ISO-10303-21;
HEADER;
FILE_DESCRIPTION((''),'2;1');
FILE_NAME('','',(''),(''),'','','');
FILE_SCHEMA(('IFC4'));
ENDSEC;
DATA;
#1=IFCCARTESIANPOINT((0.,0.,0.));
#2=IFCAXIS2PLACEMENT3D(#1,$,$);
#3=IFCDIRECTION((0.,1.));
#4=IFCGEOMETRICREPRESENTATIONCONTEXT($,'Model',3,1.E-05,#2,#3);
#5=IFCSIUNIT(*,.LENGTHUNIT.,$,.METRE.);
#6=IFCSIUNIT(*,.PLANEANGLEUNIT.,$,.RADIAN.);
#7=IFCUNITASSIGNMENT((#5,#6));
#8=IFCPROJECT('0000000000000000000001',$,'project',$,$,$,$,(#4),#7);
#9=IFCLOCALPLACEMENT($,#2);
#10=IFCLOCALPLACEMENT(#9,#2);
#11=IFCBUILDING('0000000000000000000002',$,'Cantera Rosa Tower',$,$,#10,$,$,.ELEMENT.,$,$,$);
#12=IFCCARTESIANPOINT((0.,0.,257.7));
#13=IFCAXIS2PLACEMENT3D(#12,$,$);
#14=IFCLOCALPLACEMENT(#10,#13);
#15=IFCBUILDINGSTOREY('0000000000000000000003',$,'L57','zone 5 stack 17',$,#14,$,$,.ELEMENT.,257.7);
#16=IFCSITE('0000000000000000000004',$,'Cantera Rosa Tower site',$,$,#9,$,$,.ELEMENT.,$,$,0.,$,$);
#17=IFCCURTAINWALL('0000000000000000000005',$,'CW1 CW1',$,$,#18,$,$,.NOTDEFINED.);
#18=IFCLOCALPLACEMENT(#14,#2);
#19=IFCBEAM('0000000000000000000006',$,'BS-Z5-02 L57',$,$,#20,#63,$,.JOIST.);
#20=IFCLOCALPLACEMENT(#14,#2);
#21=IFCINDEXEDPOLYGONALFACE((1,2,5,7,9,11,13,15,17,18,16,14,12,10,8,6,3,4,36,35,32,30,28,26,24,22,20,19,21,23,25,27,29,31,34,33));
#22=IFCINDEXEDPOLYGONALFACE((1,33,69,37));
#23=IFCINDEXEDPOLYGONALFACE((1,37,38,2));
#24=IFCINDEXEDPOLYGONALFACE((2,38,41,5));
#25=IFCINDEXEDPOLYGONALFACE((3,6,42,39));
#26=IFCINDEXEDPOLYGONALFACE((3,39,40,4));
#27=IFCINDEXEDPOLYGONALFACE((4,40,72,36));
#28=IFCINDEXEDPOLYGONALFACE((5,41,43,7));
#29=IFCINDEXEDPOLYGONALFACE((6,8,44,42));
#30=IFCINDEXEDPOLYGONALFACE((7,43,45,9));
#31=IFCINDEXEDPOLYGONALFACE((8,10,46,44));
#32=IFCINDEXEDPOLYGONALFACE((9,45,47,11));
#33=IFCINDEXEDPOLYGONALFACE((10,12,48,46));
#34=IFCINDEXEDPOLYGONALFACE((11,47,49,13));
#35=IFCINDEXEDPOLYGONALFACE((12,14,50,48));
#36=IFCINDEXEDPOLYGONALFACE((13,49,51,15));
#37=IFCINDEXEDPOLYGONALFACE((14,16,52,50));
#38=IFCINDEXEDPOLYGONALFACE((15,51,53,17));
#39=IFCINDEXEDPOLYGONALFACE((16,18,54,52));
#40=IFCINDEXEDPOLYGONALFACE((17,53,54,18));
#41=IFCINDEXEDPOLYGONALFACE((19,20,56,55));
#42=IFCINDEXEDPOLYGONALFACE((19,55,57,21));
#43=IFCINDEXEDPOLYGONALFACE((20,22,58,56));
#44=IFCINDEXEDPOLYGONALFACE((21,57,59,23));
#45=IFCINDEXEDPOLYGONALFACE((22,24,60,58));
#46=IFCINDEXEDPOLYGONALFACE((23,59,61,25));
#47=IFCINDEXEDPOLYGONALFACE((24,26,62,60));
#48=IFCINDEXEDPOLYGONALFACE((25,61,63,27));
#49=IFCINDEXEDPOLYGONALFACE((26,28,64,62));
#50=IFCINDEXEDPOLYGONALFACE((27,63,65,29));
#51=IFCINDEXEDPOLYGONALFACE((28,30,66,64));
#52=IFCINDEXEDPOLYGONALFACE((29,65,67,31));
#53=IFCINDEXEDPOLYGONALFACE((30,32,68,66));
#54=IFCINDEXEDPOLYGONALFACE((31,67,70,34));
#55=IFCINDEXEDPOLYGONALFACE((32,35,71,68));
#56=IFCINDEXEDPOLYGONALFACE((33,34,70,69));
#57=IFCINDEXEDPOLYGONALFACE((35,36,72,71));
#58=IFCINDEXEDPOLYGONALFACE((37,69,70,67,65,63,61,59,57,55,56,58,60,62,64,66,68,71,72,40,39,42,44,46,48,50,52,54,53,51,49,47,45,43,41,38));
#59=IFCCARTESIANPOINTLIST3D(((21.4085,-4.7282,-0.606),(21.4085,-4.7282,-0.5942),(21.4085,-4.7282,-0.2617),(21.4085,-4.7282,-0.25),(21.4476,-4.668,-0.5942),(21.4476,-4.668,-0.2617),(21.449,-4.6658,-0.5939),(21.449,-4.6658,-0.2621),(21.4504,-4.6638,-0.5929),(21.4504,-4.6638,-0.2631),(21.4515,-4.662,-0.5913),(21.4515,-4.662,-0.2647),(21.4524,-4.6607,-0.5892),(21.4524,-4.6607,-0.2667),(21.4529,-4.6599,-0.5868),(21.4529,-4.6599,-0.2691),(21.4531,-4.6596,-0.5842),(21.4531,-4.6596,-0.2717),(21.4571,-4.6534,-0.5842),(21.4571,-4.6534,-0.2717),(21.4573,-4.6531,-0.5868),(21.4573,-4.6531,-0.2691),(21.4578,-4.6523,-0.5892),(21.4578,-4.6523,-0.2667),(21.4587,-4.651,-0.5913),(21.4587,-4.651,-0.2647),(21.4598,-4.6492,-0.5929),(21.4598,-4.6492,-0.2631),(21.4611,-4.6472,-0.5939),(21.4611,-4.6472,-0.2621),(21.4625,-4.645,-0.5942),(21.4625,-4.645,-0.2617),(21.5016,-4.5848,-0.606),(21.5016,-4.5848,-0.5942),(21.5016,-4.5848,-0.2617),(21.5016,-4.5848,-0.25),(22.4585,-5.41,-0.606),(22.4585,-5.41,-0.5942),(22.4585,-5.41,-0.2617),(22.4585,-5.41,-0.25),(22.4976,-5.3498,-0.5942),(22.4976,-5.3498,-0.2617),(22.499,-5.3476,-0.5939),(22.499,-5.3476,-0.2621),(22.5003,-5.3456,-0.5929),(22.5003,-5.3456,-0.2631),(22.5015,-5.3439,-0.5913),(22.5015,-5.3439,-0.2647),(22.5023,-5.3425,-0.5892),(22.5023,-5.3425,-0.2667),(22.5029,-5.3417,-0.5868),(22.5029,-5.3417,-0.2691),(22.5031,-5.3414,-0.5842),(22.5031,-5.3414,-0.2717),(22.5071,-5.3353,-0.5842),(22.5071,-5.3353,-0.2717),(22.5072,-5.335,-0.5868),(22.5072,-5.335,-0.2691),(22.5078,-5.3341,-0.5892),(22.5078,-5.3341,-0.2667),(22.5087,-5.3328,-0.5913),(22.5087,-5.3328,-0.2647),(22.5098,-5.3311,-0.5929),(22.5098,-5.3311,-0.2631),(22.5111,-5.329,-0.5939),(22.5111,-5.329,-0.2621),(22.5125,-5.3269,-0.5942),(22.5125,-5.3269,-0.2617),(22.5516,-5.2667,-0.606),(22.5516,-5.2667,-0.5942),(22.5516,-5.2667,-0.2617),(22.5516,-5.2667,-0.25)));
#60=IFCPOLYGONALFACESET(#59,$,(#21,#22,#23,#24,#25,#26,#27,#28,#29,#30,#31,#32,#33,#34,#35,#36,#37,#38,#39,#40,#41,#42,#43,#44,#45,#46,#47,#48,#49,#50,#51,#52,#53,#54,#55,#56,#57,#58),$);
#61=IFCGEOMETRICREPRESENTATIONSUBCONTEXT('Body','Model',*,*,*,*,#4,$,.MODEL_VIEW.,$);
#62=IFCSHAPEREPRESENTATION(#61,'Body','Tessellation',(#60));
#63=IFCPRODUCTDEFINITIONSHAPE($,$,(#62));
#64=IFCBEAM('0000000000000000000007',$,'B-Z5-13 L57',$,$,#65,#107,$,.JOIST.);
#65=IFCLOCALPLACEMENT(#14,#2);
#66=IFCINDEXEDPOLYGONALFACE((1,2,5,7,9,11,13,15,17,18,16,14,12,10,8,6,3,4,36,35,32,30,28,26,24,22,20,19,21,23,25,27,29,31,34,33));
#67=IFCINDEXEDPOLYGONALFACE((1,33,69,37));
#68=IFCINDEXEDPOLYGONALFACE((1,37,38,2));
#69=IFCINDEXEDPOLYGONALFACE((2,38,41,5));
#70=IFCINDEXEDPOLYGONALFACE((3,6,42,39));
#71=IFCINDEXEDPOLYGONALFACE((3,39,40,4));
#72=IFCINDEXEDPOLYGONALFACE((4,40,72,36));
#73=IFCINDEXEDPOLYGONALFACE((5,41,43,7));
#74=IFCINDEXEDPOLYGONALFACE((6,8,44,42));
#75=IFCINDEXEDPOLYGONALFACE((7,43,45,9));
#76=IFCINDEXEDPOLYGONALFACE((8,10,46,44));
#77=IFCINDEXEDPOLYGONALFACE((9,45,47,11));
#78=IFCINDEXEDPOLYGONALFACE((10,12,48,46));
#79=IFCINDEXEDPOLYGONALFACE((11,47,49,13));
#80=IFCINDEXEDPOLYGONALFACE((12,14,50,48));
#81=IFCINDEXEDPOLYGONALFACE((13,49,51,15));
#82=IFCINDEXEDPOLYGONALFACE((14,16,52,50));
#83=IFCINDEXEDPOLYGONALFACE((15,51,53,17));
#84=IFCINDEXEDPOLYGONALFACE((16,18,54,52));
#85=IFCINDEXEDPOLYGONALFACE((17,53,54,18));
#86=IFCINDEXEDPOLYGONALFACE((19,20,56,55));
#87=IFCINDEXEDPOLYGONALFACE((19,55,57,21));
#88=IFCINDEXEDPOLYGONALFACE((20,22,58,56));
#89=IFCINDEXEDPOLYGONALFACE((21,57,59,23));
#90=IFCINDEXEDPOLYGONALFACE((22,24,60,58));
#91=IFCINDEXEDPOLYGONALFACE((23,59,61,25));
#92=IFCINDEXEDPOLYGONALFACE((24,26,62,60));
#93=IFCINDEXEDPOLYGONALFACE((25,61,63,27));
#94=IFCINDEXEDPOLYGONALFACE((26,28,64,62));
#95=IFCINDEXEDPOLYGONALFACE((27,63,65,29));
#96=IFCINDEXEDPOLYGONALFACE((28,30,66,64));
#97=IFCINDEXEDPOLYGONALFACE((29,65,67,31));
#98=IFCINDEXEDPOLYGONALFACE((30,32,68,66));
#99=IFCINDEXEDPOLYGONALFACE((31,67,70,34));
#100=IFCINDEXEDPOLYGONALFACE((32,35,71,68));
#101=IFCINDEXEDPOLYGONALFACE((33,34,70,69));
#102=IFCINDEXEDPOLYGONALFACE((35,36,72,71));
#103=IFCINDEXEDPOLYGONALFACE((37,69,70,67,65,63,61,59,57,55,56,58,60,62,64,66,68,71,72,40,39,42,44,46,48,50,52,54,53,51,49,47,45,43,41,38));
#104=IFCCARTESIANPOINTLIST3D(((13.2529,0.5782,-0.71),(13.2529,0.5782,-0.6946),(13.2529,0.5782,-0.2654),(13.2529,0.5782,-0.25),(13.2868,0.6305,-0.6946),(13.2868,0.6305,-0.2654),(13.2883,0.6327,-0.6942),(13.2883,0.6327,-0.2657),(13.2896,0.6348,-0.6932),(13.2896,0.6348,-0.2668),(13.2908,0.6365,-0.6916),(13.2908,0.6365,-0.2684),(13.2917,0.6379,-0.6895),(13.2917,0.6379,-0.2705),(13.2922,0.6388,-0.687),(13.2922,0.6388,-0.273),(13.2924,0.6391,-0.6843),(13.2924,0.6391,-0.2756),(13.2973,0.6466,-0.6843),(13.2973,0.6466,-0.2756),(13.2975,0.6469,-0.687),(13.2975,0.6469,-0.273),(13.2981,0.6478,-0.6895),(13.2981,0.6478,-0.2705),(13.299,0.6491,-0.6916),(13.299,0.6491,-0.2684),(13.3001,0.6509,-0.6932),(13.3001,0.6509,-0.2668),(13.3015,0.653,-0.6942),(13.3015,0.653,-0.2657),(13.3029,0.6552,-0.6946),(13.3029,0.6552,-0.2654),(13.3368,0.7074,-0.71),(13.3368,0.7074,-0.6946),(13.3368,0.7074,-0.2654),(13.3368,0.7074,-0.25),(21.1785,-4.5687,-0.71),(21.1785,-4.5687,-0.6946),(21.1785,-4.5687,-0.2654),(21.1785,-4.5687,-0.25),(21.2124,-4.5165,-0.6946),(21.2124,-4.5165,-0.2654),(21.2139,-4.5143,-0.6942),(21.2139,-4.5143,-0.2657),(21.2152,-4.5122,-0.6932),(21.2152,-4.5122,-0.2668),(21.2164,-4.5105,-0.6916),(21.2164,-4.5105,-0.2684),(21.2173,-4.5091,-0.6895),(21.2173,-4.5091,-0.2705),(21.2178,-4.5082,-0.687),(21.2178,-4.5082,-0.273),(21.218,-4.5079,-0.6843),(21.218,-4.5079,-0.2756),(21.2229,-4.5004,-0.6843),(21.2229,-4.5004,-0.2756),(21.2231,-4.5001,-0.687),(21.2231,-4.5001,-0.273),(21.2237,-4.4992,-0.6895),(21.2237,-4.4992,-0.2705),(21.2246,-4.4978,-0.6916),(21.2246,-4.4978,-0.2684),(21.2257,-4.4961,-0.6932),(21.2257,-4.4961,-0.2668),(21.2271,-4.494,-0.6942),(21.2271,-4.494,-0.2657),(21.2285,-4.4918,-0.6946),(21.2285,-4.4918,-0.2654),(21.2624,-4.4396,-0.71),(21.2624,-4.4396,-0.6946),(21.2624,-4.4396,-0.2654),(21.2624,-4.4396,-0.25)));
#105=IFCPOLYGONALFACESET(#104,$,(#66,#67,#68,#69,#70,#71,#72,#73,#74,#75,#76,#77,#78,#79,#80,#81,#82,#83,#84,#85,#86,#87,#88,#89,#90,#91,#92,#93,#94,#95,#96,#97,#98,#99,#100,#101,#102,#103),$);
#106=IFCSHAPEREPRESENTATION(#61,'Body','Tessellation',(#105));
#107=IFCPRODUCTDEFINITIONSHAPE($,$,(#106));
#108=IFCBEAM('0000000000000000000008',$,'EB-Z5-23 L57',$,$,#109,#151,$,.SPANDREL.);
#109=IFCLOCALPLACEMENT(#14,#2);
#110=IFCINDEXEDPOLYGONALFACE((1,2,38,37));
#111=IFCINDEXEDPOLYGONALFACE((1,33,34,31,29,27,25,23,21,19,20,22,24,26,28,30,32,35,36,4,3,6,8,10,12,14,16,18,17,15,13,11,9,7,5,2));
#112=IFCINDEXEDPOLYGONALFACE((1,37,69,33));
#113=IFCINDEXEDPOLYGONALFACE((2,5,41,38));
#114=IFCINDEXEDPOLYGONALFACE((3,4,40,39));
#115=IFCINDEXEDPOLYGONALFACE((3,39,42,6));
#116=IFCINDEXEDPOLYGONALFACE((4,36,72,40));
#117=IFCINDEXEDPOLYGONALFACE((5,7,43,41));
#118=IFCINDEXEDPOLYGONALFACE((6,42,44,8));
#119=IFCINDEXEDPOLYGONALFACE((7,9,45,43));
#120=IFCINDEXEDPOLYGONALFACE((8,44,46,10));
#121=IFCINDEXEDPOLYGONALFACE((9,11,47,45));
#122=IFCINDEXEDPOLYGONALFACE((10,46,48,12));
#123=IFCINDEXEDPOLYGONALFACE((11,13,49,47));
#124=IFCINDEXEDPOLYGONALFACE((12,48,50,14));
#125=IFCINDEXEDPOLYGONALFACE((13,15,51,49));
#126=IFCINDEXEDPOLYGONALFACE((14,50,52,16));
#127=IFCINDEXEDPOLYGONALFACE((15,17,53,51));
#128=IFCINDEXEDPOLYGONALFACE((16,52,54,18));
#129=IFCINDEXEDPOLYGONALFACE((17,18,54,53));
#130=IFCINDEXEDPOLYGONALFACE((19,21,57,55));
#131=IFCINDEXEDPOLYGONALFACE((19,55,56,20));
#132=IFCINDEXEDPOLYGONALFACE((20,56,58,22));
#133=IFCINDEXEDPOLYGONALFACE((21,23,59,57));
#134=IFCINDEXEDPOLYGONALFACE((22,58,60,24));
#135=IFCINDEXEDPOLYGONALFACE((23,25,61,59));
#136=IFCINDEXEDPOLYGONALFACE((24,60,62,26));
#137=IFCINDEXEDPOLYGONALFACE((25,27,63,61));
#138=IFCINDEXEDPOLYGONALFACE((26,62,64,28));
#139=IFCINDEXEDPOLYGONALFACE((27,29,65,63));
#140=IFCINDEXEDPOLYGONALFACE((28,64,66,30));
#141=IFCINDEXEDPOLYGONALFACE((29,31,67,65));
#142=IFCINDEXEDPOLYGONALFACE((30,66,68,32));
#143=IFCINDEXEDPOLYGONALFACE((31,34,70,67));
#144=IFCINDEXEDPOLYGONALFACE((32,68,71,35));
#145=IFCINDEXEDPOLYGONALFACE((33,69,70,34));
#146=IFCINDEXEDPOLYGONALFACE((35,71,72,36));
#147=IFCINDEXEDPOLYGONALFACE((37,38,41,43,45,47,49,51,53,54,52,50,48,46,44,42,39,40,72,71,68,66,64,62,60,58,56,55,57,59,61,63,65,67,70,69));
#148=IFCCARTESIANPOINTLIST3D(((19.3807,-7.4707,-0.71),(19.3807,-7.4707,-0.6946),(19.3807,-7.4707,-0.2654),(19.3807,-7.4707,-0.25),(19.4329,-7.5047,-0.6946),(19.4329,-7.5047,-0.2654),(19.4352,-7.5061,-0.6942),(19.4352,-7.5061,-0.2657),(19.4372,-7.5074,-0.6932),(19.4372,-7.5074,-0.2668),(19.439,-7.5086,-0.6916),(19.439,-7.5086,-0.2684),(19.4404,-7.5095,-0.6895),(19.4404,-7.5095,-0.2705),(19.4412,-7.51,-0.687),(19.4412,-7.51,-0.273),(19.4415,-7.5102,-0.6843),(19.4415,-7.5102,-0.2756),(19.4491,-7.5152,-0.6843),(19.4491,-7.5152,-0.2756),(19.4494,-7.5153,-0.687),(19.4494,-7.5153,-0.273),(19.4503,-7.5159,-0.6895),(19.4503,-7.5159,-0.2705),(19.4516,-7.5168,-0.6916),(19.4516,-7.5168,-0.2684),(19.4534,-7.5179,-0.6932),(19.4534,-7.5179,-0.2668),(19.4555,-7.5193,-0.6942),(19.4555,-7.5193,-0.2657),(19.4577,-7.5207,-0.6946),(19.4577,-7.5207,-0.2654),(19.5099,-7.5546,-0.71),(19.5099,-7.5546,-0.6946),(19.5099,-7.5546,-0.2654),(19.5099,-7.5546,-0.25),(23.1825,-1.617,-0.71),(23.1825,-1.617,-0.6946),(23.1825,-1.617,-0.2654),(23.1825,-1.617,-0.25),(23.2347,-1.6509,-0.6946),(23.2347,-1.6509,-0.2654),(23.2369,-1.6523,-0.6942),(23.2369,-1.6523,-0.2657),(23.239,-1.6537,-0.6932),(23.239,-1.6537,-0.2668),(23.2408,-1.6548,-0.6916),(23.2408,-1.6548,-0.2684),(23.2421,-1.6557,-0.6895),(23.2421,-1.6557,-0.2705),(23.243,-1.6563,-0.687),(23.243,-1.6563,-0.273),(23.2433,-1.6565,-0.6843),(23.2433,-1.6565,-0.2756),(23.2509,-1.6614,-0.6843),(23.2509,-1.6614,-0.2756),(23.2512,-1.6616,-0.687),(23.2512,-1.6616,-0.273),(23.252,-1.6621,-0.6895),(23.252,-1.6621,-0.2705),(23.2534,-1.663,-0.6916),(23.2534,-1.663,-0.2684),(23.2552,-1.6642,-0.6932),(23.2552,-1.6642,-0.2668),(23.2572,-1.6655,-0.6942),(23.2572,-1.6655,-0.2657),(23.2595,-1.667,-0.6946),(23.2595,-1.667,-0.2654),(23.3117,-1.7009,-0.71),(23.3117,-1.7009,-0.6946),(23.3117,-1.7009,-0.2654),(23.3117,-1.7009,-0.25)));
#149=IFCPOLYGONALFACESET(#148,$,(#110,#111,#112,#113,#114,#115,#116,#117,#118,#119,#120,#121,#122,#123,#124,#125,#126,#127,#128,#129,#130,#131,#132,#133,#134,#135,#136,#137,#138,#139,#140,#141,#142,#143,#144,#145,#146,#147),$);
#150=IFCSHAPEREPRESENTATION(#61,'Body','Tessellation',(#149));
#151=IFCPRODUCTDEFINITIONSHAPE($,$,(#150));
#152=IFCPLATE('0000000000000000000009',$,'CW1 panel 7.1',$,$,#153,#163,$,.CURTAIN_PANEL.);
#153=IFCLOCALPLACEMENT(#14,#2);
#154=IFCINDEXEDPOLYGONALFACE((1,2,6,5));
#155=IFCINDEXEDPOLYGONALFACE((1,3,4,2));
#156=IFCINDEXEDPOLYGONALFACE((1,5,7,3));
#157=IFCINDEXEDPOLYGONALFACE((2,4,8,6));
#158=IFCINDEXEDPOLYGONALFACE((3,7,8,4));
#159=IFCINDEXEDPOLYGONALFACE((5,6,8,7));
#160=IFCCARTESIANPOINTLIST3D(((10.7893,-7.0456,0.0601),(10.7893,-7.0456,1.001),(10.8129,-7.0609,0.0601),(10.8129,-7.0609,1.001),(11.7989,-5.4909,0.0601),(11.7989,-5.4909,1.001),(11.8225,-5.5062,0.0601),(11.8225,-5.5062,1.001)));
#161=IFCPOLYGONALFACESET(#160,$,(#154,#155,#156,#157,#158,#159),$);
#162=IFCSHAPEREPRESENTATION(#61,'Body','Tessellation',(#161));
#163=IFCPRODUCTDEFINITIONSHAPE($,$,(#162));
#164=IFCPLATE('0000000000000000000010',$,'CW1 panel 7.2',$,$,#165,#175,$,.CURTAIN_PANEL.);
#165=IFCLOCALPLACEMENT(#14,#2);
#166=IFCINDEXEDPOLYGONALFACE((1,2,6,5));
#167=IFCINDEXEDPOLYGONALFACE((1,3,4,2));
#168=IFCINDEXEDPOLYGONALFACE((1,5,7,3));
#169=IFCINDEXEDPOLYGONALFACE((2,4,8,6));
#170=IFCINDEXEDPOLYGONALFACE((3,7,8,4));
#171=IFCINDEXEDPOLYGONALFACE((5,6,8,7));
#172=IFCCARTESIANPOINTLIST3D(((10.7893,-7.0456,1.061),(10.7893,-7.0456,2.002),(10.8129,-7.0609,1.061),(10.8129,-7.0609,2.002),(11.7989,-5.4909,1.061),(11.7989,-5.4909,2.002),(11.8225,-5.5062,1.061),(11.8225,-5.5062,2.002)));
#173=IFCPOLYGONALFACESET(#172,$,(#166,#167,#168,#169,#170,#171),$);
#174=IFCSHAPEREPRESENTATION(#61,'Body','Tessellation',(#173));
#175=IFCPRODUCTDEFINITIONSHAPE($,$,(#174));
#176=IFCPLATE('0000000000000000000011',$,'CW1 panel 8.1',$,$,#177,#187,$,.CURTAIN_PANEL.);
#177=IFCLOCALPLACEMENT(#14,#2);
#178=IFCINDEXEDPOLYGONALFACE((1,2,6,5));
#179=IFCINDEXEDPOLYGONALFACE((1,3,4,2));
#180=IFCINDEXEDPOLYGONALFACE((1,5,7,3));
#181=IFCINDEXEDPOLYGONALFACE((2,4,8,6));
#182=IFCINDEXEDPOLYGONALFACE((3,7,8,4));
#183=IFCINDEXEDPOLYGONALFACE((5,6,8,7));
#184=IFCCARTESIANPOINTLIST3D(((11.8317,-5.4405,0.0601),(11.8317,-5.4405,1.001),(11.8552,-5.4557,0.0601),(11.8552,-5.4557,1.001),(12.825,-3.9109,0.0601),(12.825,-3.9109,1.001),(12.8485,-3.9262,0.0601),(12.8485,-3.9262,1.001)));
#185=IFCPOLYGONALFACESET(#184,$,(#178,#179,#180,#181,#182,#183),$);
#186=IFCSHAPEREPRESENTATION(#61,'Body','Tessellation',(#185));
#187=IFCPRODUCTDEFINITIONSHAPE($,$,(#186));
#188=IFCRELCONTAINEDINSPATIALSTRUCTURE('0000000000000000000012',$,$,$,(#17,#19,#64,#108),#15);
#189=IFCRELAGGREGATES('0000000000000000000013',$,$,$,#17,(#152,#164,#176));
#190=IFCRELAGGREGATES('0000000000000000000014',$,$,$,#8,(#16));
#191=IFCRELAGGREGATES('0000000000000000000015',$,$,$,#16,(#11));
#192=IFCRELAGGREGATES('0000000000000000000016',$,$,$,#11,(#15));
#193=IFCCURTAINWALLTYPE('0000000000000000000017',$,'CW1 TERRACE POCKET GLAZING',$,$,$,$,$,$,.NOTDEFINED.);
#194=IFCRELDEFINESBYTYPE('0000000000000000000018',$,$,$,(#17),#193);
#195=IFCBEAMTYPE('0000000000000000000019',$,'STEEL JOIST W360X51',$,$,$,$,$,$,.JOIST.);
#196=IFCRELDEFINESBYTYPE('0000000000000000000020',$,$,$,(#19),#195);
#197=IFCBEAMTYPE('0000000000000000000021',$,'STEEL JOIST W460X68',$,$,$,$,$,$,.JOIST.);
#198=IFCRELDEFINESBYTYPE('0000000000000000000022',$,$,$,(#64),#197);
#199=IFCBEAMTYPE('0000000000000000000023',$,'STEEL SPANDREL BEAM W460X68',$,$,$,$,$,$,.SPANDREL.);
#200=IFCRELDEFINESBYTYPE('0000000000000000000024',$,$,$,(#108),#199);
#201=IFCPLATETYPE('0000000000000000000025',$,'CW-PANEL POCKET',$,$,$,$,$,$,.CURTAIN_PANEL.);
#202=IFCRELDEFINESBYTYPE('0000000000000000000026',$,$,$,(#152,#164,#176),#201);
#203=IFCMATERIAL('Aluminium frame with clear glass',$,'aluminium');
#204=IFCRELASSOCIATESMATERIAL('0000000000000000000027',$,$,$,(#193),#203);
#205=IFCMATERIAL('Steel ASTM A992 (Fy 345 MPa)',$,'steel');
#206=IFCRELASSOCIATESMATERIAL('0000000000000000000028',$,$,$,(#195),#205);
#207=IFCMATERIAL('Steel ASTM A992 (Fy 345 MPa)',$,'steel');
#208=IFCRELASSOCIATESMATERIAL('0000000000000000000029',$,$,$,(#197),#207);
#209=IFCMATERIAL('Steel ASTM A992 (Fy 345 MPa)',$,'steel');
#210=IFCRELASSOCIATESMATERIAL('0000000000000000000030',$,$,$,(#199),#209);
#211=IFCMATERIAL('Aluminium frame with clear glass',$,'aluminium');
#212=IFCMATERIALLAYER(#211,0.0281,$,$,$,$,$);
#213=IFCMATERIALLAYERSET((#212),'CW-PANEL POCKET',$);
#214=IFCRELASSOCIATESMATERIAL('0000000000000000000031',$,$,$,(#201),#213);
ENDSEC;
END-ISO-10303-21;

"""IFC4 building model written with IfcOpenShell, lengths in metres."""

from ifc_helpers import new_model, si_unit, direction, frame, origin, origin_2d, place, context, subcontext, project, spatial, rectangle, i_section, extrude, material, layer, layer_set, material_profile, profile_set, type_object, element, aggregate, save


model = new_model("IFC4")

# Units and contexts
model_context = context("Model", 3, precision=1e-05, world=origin(), true_north=direction((0.0, 1.0)))
body_context = subcontext(model_context, "Body", "Model", "MODEL_VIEW")
ifc_project = project(units=[si_unit("LENGTHUNIT", "METRE"), si_unit("PLANEANGLEUNIT", "RADIAN")], contexts=[model_context])

# Site, building, storey
site_placement = place(None, origin())
site = spatial("IfcSite", under=ifc_project, at=site_placement, Name="Cantera Rosa Tower site", CompositionType="ELEMENT", RefElevation=0.0)
building_placement = place(site_placement, origin())
building = spatial("IfcBuilding", under=site, at=building_placement, Name="Cantera Rosa Tower", CompositionType="ELEMENT")
storey_placement = place(building_placement, frame((0.0, 0.0, 257.7)))
storey = spatial("IfcBuildingStorey", under=building, at=storey_placement, Name="L57", Description="zone 5 stack 17", CompositionType="ELEMENT", Elevation=257.7)

# Curtain wall
ifc_material_1 = material(Name="Aluminium frame with clear glass", Category="aluminium")
curtain_wall_type = type_object("IfcCurtainWallType", Name="CW1 TERRACE POCKET GLAZING", PredefinedType="NOTDEFINED", material=ifc_material_1)
curtain_wall_placement = place(storey_placement, origin())
curtain_wall = element("IfcCurtainWall", 1, at=curtain_wall_placement, inside=storey, type_object=curtain_wall_type, Name="CW1 CW1", PredefinedType="NOTDEFINED")

# Beams
ifc_material_2 = material(Name="Steel ASTM A992 (Fy 345 MPa)", Category="steel")
ifc_material_profile_1 = material_profile(ifc_material_2, i_section(OverallWidth=0.1709, OverallDepth=0.356, WebThickness=0.0073, FlangeThickness=0.0117, FilletRadius=0.01, at=origin_2d()), Name="W360X51")
ifc_profile_set_1 = profile_set([ifc_material_profile_1], Name="Steel ASTM A992 (Fy 345 MPa)")
beam_type_1 = type_object("IfcBeamType", Name="STEEL JOIST W360X51", PredefinedType="JOIST", material=ifc_profile_set_1)
beam_1_placement = place(storey_placement, frame((21.4551, -4.6565, -0.428), z_axis=(0.83868, -0.544625, 0.0), x_axis=(0.544625, 0.83868, 0.0)))
element("IfcBeam", 2, at=beam_1_placement, inside=storey, type_object=beam_type_1, Name="BS-Z5-02 L57", PredefinedType="JOIST", context=body_context, shape_type="SweptSolid", body=[
    extrude(i_section(OverallWidth=0.1709, OverallDepth=0.356, WebThickness=0.0073, FlangeThickness=0.0117, FilletRadius=0.01, at=origin_2d()), origin(), (0.0, 0.0, 1.0), 1.252),
])
ifc_material_3 = material(Name="Steel ASTM A992 (Fy 345 MPa)", Category="steel")
ifc_material_profile_2 = material_profile(ifc_material_3, i_section(OverallWidth=0.1541, OverallDepth=0.46, WebThickness=0.009, FlangeThickness=0.0154, FilletRadius=0.0103, at=origin_2d()), Name="W460X68")
ifc_profile_set_2 = profile_set([ifc_material_profile_2], Name="Steel ASTM A992 (Fy 345 MPa)")
beam_type_2 = type_object("IfcBeamType", Name="STEEL JOIST W460X68", PredefinedType="JOIST", material=ifc_profile_set_2)
beam_2_placement = place(storey_placement, frame((21.2205, -4.5042, -0.48), z_axis=(-0.838667, 0.544644, 0.0), x_axis=(-0.544644, -0.838667, 0.0)))
element("IfcBeam", 3, at=beam_2_placement, inside=storey, type_object=beam_type_2, Name="B-Z5-13 L57", PredefinedType="JOIST", context=body_context, shape_type="SweptSolid", body=[
    extrude(i_section(OverallWidth=0.1541, OverallDepth=0.46, WebThickness=0.009, FlangeThickness=0.0154, FilletRadius=0.0103, at=origin_2d()), origin(), (0.0, 0.0, 1.0), 9.4502),
])
ifc_material_4 = material(Name="Steel ASTM A992 (Fy 345 MPa)", Category="steel")
ifc_material_profile_3 = material_profile(ifc_material_4, i_section(OverallWidth=0.1541, OverallDepth=0.46, WebThickness=0.009, FlangeThickness=0.0154, FilletRadius=0.0103, at=origin_2d()), Name="W460X68")
ifc_profile_set_3 = profile_set([ifc_material_profile_3], Name="Steel ASTM A992 (Fy 345 MPa)")
beam_type_3 = type_object("IfcBeamType", Name="STEEL SPANDREL BEAM W460X68", PredefinedType="SPANDREL", material=ifc_profile_set_3)
beam_3_placement = place(storey_placement, frame((19.4453, -7.5127, -0.48), z_axis=(0.544667, 0.838652, 0.0), x_axis=(-0.838652, 0.544667, 0.0)))
element("IfcBeam", 4, at=beam_3_placement, inside=storey, type_object=beam_type_3, Name="EB-Z5-23 L57", PredefinedType="SPANDREL", context=body_context, shape_type="SweptSolid", body=[
    extrude(i_section(OverallWidth=0.1541, OverallDepth=0.46, WebThickness=0.009, FlangeThickness=0.0154, FilletRadius=0.0103, at=origin_2d()), origin(), (0.0, 0.0, 1.0), 6.98),
])

# Plates
ifc_material_5 = material(Name="Aluminium frame with clear glass", Category="aluminium")
ifc_layer_1 = layer(ifc_material_5, 0.0281)
ifc_layer_set_1 = layer_set([ifc_layer_1], Name="CW-PANEL POCKET")
plate_type_1 = type_object("IfcPlateType", Name="CW-PANEL POCKET", PredefinedType="CURTAIN_PANEL", material=ifc_layer_set_1)
plate_1_placement = place(storey_placement, frame((11.3059, -6.2759, 0.0601), z_axis=(0.0, 0.0, 1.0), x_axis=(0.544639, 0.838671, 0.0)))
plate_1 = element("IfcPlate", 5, at=plate_1_placement, type_object=plate_type_1, Name="CW1 panel 7.1", PredefinedType="CURTAIN_PANEL", context=body_context, shape_type="SweptSolid", body=[
    extrude(rectangle(XDim=1.8538, YDim=0.0281, at=origin_2d()), origin(), (0.0, 0.0, 1.0), 0.9409),
])
plate_2_placement = place(storey_placement, frame((11.3059, -6.2759, 1.061), z_axis=(0.0, 0.0, 1.0), x_axis=(0.544639, 0.838671, 0.0)))
plate_2 = element("IfcPlate", 6, at=plate_2_placement, type_object=plate_type_1, Name="CW1 panel 7.2", PredefinedType="CURTAIN_PANEL", context=body_context, shape_type="SweptSolid", body=[
    extrude(rectangle(XDim=1.8538, YDim=0.0281, at=origin_2d()), origin(), (0.0, 0.0, 1.0), 0.9409),
])
plate_3_placement = place(storey_placement, frame((12.3401, -4.6833, 0.0601), z_axis=(0.0, 0.0, 1.0), x_axis=(0.544639, 0.838671, 0.0)))
plate_3 = element("IfcPlate", 7, at=plate_3_placement, type_object=plate_type_1, Name="CW1 panel 8.1", PredefinedType="CURTAIN_PANEL", context=body_context, shape_type="SweptSolid", body=[
    extrude(rectangle(XDim=1.8237, YDim=0.0281, at=origin_2d()), origin(), (0.0, 0.0, 1.0), 0.9409),
])
aggregate(curtain_wall, [plate_1, plate_2, plate_3])

save(model, "model.ifc")
